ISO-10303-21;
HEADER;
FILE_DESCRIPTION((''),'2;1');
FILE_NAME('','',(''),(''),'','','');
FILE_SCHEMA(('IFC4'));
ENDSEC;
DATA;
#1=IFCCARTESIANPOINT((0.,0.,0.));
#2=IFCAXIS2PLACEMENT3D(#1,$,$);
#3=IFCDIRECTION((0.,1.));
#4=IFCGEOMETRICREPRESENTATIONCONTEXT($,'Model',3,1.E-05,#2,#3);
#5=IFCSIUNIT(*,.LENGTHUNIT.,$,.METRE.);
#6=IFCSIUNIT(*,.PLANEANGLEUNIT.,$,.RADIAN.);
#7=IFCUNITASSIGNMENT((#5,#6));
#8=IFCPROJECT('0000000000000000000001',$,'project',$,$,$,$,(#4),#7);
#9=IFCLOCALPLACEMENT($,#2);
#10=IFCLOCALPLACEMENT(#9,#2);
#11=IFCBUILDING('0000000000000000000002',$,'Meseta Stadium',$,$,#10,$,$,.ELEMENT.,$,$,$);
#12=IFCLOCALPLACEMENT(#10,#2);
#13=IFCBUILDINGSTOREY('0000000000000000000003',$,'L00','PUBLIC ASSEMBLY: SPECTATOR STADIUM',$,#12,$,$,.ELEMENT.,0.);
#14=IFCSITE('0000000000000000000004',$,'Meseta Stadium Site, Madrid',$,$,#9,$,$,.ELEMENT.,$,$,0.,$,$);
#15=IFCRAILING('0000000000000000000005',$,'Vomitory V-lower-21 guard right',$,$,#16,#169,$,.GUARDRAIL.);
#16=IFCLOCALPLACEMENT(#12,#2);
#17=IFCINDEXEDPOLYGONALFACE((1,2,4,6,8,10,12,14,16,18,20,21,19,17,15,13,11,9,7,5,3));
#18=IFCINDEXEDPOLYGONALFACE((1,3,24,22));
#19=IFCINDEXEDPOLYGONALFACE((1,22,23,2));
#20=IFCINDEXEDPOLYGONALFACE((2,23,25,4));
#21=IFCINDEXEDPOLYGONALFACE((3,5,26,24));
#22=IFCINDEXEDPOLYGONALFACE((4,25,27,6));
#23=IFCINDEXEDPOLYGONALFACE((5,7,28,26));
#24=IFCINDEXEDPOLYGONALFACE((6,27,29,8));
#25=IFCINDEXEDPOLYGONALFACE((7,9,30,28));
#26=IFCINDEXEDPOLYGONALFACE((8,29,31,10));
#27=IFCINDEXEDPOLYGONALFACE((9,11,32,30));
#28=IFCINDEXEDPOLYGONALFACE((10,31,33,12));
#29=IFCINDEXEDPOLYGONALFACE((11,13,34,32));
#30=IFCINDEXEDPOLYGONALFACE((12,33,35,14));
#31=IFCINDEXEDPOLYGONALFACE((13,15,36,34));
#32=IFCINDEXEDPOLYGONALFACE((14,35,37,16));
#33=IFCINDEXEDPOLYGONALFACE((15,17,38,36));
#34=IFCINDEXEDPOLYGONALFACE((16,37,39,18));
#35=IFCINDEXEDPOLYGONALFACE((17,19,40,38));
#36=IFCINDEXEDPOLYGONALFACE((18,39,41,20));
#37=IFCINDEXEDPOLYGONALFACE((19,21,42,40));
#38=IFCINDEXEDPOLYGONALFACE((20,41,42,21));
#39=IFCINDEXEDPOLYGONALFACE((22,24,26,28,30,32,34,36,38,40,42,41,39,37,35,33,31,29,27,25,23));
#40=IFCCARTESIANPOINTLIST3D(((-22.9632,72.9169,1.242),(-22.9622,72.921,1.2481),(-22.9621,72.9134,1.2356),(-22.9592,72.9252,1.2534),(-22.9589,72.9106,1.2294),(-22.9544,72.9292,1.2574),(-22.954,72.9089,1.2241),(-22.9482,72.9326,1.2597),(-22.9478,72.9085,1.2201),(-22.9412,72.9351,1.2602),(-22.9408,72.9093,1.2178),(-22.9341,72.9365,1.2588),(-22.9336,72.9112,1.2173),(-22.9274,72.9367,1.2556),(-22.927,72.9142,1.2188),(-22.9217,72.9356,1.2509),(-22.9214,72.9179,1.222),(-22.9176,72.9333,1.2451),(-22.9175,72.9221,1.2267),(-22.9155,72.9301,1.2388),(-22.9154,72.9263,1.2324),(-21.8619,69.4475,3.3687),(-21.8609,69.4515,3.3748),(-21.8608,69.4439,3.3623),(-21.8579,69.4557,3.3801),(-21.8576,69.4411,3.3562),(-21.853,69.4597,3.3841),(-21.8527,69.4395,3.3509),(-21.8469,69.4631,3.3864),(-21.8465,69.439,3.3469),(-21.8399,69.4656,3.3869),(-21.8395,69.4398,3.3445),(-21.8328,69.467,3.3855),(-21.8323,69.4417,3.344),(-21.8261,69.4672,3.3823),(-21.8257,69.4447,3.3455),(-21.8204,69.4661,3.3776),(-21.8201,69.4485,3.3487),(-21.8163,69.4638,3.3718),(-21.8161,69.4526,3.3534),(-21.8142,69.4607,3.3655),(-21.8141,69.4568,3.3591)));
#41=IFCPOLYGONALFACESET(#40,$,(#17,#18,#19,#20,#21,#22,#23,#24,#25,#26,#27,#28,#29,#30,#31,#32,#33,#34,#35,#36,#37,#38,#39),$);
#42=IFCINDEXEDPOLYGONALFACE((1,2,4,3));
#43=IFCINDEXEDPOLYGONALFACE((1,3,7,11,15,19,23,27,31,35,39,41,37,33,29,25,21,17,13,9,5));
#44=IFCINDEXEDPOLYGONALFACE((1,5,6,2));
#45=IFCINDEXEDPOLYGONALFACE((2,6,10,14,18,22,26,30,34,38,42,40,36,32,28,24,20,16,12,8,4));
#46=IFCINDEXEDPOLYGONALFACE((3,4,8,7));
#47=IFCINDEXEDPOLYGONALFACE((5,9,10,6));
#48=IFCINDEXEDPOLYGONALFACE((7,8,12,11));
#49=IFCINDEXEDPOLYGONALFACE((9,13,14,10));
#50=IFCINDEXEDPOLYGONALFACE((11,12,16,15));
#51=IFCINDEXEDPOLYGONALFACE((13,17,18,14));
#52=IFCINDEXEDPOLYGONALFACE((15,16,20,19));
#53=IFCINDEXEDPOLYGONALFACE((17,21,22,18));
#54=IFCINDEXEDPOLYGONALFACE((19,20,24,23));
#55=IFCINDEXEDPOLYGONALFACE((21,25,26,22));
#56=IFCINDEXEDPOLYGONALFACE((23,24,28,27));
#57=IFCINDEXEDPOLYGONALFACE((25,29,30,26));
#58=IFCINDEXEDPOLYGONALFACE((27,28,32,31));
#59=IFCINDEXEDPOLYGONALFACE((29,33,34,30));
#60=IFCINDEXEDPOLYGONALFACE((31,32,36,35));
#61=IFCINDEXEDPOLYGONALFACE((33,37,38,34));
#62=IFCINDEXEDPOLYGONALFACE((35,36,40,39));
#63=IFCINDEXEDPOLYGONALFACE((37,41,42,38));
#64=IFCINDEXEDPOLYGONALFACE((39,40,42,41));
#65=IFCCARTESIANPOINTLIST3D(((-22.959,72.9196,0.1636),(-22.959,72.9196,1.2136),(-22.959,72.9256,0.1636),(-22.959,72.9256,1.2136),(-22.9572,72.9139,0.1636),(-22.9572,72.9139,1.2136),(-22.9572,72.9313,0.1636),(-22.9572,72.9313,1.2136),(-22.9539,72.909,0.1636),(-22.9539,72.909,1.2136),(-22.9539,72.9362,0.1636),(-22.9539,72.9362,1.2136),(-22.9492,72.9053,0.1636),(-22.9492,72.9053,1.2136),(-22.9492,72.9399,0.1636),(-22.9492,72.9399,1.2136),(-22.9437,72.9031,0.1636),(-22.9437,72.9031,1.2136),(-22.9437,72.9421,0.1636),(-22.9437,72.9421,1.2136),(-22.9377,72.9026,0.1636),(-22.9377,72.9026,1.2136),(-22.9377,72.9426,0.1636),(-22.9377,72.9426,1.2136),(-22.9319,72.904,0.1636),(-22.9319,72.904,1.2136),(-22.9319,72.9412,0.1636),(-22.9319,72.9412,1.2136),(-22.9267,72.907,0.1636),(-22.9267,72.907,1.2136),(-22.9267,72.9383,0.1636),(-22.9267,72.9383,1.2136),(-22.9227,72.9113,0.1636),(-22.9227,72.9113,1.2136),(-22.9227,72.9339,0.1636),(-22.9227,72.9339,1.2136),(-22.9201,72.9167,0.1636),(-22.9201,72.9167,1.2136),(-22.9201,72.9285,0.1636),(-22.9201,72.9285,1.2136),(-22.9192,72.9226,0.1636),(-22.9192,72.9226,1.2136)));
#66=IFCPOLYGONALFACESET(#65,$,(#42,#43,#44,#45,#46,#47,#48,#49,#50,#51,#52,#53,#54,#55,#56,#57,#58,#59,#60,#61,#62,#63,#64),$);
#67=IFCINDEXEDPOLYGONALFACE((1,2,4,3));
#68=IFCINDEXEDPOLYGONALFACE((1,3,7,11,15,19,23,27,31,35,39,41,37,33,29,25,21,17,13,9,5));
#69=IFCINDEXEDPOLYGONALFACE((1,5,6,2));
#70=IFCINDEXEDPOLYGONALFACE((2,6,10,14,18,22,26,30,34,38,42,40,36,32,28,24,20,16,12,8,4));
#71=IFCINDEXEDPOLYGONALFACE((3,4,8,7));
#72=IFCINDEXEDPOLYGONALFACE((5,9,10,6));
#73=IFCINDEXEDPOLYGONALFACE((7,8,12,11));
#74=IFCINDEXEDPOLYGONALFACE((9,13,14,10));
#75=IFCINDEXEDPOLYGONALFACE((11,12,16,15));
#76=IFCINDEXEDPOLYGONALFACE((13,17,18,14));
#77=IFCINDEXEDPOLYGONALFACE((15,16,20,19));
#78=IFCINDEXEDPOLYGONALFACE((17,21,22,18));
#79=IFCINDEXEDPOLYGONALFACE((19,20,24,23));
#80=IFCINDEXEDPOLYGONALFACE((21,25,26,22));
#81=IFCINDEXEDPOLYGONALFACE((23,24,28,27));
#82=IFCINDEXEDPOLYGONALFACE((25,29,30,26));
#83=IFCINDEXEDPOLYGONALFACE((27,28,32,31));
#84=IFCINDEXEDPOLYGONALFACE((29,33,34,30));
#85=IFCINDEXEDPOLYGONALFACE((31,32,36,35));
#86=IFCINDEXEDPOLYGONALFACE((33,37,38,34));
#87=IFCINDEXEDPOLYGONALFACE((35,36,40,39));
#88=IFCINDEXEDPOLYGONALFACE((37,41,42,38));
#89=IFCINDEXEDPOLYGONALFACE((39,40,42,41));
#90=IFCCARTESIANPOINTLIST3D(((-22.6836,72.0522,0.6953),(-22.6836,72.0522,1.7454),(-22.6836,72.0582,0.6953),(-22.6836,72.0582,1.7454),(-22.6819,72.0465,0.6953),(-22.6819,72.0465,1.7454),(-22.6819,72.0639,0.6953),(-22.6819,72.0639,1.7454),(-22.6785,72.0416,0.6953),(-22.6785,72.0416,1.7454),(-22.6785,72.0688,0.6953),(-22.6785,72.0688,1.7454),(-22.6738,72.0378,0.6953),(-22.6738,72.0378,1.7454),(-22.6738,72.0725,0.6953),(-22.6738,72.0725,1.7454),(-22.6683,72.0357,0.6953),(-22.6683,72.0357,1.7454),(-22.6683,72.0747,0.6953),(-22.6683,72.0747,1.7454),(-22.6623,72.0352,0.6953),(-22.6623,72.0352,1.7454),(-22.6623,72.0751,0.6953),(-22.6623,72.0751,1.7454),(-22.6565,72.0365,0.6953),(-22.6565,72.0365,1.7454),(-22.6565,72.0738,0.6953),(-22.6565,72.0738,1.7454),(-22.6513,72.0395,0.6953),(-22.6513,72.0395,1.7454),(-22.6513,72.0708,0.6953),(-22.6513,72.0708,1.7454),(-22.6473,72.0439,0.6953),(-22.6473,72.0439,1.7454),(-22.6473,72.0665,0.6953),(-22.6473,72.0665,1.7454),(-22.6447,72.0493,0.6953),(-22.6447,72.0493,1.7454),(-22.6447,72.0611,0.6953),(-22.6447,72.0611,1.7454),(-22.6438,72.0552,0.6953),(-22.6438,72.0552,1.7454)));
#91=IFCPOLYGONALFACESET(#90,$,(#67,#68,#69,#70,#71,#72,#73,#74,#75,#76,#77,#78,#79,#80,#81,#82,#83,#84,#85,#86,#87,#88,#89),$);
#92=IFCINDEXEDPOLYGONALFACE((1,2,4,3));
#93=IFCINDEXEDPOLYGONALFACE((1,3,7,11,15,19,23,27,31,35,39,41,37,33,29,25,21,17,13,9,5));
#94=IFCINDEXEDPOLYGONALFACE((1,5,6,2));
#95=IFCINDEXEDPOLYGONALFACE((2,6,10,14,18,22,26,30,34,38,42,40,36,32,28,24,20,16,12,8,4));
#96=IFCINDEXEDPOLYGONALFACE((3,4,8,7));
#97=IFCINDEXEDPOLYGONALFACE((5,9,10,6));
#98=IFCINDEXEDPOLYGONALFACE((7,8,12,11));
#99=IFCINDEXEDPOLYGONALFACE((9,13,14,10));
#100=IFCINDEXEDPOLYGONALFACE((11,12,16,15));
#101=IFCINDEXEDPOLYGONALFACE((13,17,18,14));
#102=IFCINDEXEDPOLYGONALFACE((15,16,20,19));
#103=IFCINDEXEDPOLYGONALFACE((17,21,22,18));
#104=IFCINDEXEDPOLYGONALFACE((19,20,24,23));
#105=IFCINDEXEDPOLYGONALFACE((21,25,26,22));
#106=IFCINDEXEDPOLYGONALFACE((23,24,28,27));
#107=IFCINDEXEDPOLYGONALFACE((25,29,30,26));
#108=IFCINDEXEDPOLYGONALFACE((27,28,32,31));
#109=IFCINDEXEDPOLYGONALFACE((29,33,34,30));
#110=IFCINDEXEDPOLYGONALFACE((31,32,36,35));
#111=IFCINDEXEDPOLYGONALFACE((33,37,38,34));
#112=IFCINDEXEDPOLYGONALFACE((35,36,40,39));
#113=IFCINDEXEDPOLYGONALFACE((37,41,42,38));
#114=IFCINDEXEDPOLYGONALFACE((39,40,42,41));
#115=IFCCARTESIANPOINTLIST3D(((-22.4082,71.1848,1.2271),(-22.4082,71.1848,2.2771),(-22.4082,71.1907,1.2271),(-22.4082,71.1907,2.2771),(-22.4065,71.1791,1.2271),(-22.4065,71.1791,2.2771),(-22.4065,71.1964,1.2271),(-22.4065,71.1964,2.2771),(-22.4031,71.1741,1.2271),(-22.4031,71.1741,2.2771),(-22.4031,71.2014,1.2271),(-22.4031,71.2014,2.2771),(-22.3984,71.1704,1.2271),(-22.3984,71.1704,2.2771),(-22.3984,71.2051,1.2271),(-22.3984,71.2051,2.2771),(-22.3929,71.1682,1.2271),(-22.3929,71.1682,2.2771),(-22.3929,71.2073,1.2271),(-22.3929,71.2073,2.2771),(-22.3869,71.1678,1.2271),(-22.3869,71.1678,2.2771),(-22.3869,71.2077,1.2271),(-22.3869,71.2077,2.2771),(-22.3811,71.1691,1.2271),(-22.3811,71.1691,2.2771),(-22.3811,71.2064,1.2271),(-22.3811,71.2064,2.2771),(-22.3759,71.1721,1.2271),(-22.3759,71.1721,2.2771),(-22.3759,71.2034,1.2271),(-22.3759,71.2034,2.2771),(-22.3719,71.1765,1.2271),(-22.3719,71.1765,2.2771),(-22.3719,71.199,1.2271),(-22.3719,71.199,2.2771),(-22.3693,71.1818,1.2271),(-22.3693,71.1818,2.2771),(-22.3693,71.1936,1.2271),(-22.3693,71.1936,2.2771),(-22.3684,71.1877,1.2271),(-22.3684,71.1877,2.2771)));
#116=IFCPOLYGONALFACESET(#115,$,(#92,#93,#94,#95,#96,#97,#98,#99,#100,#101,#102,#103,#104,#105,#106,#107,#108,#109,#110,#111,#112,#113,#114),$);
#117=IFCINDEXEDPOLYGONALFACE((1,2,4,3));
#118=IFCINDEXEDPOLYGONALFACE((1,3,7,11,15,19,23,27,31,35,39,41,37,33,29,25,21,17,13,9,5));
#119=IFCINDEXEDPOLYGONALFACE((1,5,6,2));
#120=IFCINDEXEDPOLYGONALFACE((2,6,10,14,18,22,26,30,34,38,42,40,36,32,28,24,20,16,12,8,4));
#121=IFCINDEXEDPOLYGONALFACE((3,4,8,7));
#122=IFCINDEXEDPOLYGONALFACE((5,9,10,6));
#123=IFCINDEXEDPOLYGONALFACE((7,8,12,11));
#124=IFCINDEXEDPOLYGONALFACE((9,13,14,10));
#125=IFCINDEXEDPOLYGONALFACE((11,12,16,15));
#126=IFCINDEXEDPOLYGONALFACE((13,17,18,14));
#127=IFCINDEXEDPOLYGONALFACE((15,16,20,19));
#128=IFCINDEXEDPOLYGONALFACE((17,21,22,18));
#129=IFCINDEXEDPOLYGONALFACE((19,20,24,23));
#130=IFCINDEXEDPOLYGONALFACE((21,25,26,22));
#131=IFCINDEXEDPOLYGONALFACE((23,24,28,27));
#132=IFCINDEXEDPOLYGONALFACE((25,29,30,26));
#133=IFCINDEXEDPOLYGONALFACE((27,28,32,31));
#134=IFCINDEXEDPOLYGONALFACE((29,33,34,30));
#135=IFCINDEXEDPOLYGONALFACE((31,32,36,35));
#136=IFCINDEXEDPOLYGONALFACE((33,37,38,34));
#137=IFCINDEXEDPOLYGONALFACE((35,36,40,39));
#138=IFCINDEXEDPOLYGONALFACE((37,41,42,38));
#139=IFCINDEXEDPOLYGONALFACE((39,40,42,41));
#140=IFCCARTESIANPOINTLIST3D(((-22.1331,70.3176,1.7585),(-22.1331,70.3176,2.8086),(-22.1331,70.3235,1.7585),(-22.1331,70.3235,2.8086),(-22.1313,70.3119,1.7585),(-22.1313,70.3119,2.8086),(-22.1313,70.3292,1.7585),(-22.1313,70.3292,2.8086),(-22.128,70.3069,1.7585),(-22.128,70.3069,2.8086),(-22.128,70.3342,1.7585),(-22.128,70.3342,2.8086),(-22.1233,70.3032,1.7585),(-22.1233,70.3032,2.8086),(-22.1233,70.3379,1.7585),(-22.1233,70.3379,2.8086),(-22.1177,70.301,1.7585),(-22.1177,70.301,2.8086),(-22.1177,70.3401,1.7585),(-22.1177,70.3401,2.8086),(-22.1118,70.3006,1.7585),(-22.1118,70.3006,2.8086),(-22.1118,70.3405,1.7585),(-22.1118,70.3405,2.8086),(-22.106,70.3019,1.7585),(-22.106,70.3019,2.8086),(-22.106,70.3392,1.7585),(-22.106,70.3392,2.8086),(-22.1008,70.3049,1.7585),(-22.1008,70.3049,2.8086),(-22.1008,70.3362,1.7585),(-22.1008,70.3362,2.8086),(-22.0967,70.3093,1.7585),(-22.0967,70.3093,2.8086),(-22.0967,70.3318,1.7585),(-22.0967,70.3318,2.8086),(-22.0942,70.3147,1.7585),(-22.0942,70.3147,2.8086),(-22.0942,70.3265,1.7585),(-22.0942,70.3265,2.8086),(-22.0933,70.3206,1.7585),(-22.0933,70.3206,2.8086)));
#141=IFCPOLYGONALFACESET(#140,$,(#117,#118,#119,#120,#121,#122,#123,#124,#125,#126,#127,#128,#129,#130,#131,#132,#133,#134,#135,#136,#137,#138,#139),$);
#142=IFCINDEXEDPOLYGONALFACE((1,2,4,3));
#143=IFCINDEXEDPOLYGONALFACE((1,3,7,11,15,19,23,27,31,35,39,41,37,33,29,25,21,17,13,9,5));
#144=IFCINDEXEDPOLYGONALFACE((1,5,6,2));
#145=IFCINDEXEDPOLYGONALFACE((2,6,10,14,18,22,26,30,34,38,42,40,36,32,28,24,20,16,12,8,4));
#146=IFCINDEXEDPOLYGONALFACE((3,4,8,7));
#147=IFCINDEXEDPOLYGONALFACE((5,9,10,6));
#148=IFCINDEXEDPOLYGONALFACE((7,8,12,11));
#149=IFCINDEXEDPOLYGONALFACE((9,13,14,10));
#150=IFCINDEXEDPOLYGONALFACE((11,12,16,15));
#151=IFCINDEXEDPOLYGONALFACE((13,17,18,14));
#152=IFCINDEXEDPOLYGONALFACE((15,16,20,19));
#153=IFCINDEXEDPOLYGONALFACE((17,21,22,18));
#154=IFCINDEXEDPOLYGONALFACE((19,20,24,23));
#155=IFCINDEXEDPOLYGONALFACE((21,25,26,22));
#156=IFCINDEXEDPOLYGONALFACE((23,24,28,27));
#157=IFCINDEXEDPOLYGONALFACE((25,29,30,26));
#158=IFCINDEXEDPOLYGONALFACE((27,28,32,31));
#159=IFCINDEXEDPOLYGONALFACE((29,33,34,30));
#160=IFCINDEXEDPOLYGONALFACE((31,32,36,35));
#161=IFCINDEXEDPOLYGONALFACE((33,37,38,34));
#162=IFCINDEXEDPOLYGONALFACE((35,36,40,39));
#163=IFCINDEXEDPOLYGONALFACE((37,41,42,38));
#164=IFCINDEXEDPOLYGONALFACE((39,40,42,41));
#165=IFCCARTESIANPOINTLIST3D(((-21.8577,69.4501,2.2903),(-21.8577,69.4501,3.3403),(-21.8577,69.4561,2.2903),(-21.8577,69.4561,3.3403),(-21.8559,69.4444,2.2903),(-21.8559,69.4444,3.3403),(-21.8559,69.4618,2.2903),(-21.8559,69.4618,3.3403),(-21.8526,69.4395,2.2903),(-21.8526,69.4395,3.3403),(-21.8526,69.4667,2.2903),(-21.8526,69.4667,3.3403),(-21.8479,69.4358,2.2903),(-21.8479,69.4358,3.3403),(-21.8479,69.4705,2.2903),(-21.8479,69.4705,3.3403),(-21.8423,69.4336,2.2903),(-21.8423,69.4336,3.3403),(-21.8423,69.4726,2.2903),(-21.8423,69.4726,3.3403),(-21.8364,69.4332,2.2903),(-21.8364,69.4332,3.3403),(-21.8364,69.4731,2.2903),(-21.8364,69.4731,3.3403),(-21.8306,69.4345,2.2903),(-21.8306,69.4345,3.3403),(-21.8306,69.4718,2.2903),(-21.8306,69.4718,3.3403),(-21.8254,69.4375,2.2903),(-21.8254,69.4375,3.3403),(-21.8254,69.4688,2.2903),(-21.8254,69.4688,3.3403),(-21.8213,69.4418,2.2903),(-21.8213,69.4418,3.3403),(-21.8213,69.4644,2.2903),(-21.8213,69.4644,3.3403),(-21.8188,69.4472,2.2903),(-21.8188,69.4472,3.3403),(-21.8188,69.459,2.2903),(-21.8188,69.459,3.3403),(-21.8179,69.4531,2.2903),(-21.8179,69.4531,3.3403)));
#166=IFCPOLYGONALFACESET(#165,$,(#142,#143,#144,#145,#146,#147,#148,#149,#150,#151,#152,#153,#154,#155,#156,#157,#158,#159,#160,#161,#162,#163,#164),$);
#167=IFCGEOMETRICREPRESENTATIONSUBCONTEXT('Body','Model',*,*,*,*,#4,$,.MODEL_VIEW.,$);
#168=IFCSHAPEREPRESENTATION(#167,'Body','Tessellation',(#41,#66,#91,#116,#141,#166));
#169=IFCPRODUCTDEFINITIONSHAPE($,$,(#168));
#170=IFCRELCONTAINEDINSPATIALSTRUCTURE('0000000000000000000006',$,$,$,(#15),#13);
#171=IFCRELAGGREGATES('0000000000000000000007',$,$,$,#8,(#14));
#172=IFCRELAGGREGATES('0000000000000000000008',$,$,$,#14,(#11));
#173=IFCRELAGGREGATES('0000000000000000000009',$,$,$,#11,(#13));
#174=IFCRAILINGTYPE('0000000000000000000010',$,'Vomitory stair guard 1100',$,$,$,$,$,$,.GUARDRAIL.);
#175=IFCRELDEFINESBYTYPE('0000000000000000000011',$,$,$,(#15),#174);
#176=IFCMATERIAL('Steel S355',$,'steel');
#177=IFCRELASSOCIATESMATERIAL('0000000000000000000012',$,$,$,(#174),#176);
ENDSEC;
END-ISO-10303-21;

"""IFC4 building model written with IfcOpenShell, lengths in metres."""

from ifc_helpers import new_model, si_unit, direction, frame, origin, origin_2d, place, context, subcontext, project, spatial, circle, extrude, material, type_object, element, save


model = new_model("IFC4")

# Units and contexts
model_context = context("Model", 3, precision=1e-05, world=origin(), true_north=direction((0.0, 1.0)))
body_context = subcontext(model_context, "Body", "Model", "MODEL_VIEW")
ifc_project = project(units=[si_unit("LENGTHUNIT", "METRE"), si_unit("PLANEANGLEUNIT", "RADIAN")], contexts=[model_context])

# Site, building, storey
site_placement = place(None, origin())
site = spatial("IfcSite", under=ifc_project, at=site_placement, Name="Meseta Stadium Site, Madrid", CompositionType="ELEMENT", RefElevation=0.0)
building_placement = place(site_placement, origin())
building = spatial("IfcBuilding", under=site, at=building_placement, Name="Meseta Stadium", CompositionType="ELEMENT")
storey_placement = place(building_placement, origin())
storey = spatial("IfcBuildingStorey", under=building, at=storey_placement, Name="L00", Description="PUBLIC ASSEMBLY: SPECTATOR STADIUM", CompositionType="ELEMENT", Elevation=0.0)

# Railing
ifc_material_1 = material(Name="Steel S355", Category="steel")
railing_type_1 = type_object("IfcRailingType", Name="Vomitory stair guard 1100", PredefinedType="GUARDRAIL", material=ifc_material_1)
railing_1_placement = place(storey_placement, frame((-22.9392, 72.9226, 0.1636)))
element("IfcRailing", 1, at=railing_1_placement, inside=storey, type_object=railing_type_1, Name="Vomitory V-lower-21 guard right", PredefinedType="GUARDRAIL", context=body_context, shape_type="SweptSolid", body=[
    extrude(circle(Radius=0.0249, at=origin_2d()), frame((0.0, 0.0, 1.0752), z_axis=(0.261235, -0.822968, 0.50446), x_axis=(0.953133, 0.302553, 0.0)), (0.0, 0.0, 1.0), 4.2158),
    extrude(circle(Radius=0.02, at=origin_2d()), origin(), (0.0, 0.0, 1.0), 1.05),
    extrude(circle(Radius=0.02, at=origin_2d()), frame((0.2754, -0.8674, 0.5317)), (0.0, 0.0, 1.0), 1.05),
    extrude(circle(Radius=0.02, at=origin_2d()), frame((0.5508, -1.7349, 1.0635)), (0.0, 0.0, 1.0), 1.05),
    extrude(circle(Radius=0.02, at=origin_2d()), frame((0.8259, -2.6021, 1.595)), (0.0, 0.0, 1.0), 1.05),
    extrude(circle(Radius=0.02, at=origin_2d()), frame((1.1013, -3.4695, 2.1267)), (0.0, 0.0, 1.0), 1.05),
])

save(model, "model.ifc")
